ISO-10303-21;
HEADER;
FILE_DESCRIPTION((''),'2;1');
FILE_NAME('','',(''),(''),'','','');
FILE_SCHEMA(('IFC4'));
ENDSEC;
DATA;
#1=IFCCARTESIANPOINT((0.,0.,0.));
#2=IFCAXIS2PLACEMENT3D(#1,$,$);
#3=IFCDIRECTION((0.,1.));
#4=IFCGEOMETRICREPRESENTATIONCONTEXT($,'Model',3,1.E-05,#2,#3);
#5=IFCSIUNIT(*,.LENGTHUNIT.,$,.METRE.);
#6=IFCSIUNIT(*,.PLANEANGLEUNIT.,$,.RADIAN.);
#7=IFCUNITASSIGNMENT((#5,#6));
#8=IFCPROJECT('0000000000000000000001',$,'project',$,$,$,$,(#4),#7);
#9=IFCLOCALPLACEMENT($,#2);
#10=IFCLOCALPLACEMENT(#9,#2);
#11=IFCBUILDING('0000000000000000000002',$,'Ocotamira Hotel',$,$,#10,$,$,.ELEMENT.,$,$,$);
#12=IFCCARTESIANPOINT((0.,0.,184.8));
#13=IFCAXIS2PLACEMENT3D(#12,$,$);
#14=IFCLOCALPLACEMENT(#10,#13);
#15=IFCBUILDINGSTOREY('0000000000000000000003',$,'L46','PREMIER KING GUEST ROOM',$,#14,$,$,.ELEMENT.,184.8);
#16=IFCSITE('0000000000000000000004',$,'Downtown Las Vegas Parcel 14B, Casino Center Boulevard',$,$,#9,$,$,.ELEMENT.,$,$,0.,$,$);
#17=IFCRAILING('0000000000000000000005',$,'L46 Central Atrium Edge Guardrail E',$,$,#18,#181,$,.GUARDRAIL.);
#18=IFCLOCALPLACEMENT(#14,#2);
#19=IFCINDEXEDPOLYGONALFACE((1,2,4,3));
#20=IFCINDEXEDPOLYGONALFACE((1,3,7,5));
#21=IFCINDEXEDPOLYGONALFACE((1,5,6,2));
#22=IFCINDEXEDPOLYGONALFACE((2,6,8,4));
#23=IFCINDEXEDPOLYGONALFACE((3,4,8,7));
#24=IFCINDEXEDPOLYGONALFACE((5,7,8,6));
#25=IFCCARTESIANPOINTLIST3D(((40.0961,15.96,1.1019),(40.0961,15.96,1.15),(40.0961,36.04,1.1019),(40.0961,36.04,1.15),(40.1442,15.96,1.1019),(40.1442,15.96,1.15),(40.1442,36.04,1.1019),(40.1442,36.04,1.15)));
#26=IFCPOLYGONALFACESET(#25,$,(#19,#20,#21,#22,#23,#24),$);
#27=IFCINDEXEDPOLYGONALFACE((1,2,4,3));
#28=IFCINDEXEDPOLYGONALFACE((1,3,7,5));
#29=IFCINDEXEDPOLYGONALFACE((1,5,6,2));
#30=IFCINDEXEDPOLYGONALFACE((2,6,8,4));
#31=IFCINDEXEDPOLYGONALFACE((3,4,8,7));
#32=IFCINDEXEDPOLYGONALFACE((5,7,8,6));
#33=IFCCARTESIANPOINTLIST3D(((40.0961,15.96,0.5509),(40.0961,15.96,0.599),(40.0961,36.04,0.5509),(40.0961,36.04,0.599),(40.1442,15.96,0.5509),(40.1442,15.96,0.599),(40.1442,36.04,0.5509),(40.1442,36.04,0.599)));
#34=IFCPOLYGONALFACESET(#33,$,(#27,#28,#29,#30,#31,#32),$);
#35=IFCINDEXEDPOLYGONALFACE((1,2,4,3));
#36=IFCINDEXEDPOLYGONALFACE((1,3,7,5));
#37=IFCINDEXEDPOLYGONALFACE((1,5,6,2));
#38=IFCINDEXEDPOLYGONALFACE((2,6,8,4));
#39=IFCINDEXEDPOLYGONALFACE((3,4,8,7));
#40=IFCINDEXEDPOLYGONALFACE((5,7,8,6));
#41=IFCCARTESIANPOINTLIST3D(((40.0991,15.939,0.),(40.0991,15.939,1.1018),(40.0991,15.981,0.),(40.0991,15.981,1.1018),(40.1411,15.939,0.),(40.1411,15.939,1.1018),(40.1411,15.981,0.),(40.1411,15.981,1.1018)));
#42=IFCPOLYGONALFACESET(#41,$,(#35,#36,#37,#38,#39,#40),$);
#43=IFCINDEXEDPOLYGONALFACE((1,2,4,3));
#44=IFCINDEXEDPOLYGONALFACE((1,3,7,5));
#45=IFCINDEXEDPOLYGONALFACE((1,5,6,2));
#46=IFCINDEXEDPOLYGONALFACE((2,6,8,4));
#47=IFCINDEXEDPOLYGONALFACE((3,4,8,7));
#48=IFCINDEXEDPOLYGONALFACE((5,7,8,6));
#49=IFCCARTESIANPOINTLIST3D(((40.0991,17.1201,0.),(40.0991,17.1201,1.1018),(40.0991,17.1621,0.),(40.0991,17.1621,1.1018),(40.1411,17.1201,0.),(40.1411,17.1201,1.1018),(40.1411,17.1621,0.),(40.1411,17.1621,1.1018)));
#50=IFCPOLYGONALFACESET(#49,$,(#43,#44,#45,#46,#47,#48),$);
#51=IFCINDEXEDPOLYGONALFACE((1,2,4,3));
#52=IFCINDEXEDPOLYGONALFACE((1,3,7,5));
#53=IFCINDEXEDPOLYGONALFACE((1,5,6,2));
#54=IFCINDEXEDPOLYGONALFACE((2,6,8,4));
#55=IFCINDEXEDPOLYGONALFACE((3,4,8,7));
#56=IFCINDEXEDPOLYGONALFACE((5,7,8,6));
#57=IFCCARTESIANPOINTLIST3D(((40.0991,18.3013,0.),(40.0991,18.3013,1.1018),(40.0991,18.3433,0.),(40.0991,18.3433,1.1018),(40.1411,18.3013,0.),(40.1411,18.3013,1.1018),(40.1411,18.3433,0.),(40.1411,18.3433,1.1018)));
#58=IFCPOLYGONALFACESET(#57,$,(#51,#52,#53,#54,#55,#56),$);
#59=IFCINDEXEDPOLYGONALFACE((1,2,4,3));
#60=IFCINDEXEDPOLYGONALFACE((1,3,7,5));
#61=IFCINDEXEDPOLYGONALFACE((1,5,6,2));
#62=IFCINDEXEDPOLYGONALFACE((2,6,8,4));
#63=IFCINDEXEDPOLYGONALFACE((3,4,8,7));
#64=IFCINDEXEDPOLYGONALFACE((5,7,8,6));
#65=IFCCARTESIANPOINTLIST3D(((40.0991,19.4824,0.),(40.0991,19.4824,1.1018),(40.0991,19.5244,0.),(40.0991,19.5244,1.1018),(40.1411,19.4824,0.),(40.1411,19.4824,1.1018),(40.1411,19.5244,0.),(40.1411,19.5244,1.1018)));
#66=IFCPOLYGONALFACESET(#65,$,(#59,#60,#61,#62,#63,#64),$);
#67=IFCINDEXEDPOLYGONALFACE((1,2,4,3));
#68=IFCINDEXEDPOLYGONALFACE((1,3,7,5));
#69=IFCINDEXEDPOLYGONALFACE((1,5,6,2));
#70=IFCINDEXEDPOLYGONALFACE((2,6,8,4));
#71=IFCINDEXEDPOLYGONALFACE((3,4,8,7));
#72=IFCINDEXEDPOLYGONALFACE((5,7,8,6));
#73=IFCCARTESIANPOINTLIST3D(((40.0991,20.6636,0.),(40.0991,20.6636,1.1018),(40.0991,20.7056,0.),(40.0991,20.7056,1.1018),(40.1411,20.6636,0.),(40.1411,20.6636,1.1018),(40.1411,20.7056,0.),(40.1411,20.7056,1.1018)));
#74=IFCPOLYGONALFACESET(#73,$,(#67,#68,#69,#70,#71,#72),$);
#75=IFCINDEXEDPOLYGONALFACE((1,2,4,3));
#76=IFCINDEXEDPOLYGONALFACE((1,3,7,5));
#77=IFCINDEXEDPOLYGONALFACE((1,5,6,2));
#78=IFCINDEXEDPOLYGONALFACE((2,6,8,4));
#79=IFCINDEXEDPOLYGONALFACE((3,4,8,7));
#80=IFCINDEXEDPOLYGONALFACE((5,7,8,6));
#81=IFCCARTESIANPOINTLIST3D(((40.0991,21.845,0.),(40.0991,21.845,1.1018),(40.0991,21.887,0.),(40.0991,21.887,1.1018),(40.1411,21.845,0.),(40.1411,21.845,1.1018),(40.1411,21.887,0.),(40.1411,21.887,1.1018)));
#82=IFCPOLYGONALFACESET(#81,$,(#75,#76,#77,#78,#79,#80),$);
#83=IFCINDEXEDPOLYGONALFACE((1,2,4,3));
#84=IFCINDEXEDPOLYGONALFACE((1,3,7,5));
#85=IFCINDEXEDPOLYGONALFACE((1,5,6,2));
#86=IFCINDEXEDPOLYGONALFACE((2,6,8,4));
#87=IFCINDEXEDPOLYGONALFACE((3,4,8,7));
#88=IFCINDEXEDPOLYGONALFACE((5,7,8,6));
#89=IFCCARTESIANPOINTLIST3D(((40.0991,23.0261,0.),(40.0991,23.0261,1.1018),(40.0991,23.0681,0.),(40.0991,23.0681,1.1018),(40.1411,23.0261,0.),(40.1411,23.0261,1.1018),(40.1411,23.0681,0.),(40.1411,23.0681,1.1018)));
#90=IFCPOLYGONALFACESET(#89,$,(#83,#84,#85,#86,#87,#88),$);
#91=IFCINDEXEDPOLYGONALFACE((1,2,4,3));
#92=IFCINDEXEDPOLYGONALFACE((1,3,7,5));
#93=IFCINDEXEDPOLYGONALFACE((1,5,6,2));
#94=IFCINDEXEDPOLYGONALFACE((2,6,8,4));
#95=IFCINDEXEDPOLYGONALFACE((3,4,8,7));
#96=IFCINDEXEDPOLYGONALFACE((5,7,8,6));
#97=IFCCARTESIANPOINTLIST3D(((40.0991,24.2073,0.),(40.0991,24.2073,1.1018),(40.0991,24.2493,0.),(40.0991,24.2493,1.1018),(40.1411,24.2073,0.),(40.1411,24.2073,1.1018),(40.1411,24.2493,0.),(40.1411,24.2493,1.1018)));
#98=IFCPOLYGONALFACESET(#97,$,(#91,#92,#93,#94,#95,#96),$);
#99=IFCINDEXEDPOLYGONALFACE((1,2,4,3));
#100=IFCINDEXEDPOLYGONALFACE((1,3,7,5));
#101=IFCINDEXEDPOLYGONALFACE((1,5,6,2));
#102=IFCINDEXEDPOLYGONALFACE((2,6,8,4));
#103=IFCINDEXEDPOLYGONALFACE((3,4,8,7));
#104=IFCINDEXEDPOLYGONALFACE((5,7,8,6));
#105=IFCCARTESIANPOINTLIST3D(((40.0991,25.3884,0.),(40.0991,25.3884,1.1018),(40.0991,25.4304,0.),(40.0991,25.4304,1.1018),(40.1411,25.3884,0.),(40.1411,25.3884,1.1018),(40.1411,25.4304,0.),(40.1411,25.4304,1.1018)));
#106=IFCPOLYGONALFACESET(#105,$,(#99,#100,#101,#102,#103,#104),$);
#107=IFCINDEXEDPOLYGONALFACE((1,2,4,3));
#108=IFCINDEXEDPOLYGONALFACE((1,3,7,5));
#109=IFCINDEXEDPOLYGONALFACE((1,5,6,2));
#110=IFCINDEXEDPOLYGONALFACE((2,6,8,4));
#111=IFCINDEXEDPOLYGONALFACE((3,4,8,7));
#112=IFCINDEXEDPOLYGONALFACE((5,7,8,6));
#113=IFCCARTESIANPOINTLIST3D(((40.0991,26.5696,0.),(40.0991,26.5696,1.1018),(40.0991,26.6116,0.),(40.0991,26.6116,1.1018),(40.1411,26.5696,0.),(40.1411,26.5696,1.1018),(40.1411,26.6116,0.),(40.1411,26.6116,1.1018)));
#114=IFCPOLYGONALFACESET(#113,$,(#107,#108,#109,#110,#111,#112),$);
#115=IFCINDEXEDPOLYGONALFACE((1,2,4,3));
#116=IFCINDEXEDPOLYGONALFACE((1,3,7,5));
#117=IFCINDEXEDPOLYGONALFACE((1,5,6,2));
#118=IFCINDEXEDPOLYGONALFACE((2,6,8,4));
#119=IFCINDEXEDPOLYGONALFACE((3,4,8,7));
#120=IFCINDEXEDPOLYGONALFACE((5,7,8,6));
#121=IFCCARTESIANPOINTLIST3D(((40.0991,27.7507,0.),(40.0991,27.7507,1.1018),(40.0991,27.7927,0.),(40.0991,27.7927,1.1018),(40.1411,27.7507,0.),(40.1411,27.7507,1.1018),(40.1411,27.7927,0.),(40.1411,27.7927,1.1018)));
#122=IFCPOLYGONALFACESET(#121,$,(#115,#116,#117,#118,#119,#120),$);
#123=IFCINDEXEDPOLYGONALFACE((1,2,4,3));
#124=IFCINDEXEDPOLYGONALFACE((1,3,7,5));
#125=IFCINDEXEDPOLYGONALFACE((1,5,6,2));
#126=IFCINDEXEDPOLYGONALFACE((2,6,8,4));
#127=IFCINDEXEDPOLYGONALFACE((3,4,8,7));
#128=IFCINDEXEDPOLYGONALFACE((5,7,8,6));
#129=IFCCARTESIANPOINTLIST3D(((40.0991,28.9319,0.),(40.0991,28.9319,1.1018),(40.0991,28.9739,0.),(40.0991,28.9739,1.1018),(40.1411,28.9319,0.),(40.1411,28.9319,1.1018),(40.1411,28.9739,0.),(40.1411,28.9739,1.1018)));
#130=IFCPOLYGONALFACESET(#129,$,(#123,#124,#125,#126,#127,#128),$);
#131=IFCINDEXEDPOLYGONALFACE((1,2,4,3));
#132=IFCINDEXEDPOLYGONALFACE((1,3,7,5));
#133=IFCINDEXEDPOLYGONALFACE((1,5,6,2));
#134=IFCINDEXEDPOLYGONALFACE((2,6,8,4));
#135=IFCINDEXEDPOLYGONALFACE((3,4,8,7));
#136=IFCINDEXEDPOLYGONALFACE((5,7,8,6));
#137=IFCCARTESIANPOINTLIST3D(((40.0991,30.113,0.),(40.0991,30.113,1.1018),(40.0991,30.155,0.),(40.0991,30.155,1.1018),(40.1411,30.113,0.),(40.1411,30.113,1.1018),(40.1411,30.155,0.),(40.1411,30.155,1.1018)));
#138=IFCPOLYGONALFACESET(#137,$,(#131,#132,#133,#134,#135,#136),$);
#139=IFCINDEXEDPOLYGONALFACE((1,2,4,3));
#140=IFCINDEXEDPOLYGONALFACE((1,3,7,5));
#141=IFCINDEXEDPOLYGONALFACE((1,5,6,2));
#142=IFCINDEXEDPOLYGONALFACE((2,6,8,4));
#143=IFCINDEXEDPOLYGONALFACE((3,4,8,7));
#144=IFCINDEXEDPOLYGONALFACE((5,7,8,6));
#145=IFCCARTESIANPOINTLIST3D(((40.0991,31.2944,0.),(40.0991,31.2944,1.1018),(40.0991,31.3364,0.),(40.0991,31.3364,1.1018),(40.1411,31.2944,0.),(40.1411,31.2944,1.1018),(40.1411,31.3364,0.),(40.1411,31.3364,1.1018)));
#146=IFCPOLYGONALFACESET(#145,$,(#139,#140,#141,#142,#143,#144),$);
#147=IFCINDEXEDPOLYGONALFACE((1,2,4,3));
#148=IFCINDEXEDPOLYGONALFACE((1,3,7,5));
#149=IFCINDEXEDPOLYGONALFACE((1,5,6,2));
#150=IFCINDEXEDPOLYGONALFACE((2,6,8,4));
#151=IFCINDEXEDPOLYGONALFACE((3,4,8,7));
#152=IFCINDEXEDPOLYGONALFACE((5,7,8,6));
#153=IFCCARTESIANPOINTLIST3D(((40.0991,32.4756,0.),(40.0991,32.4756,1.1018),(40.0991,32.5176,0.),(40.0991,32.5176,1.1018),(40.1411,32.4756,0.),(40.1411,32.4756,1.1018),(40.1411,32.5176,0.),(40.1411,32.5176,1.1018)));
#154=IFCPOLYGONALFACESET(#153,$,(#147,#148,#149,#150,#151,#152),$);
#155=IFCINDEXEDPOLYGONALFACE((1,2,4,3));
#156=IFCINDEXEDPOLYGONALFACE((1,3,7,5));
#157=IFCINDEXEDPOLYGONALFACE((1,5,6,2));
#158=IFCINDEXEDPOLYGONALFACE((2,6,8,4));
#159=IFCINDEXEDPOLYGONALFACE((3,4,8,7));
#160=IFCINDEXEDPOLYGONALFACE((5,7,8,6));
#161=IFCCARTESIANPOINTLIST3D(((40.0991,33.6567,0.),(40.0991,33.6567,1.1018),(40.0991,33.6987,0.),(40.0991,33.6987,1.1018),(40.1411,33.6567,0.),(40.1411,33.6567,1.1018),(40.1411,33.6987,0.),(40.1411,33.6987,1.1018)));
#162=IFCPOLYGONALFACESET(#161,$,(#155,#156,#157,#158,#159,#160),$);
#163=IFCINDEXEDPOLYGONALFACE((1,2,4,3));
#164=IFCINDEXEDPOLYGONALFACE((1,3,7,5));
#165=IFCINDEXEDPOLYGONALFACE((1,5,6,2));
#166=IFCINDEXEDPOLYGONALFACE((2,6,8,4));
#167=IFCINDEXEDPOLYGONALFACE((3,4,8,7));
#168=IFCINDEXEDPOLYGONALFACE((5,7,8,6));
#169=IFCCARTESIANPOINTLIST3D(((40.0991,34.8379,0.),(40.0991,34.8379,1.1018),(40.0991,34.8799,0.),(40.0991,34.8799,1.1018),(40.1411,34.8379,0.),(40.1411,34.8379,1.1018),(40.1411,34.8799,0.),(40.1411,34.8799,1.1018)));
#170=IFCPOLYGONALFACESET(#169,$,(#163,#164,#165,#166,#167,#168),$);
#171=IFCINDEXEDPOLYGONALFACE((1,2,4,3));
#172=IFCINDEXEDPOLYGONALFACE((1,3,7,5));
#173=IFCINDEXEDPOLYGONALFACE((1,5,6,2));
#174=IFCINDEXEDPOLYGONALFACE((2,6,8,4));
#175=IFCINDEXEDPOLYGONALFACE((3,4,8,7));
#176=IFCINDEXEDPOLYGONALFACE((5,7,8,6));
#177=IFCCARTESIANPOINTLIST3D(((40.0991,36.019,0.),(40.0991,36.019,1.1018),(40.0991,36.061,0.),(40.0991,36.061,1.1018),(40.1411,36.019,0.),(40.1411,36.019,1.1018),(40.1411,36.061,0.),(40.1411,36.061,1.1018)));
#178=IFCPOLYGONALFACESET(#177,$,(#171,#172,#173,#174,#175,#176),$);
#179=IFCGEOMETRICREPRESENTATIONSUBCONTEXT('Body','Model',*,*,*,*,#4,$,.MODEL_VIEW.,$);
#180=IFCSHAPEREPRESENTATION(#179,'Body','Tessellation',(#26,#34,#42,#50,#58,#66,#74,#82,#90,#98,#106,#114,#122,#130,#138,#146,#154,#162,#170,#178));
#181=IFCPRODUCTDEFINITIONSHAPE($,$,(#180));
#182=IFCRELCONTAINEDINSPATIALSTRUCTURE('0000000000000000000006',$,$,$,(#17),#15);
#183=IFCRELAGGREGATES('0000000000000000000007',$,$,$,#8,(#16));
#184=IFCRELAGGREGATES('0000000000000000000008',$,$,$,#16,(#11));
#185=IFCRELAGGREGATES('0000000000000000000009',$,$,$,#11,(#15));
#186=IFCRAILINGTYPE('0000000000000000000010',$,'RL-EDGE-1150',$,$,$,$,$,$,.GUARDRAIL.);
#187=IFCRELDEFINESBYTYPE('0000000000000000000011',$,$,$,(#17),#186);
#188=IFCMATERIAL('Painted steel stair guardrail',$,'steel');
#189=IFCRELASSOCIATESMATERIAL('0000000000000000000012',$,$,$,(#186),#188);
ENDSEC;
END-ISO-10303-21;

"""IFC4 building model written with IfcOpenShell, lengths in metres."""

from ifc_helpers import new_model, si_unit, direction, frame, origin, origin_2d, place, context, subcontext, project, spatial, rectangle, extrude, material, type_object, element, save


model = new_model("IFC4")

# Units and contexts
model_context = context("Model", 3, precision=1e-05, world=origin(), true_north=direction((0.0, 1.0)))
body_context = subcontext(model_context, "Body", "Model", "MODEL_VIEW")
ifc_project = project(units=[si_unit("LENGTHUNIT", "METRE"), si_unit("PLANEANGLEUNIT", "RADIAN")], contexts=[model_context])

# Site, building, storey
site_placement = place(None, origin())
site = spatial("IfcSite", under=ifc_project, at=site_placement, Name="Downtown Las Vegas Parcel 14B, Casino Center Boulevard", CompositionType="ELEMENT", RefElevation=0.0)
building_placement = place(site_placement, origin())
building = spatial("IfcBuilding", under=site, at=building_placement, Name="Ocotamira Hotel", CompositionType="ELEMENT")
storey_placement = place(building_placement, frame((0.0, 0.0, 184.8)))
storey = spatial("IfcBuildingStorey", under=building, at=storey_placement, Name="L46", Description="PREMIER KING GUEST ROOM", CompositionType="ELEMENT", Elevation=184.8)

# Railing
ifc_material_1 = material(Name="Painted steel stair guardrail", Category="steel")
railing_type = type_object("IfcRailingType", Name="RL-EDGE-1150", PredefinedType="GUARDRAIL", material=ifc_material_1)
railing_placement = place(storey_placement, frame((40.1201, 15.96, 0.0)))
element("IfcRailing", 1, at=railing_placement, inside=storey, type_object=railing_type, Name="L46 Central Atrium Edge Guardrail E", PredefinedType="GUARDRAIL", context=body_context, shape_type="SweptSolid", body=[
    extrude(rectangle(XDim=0.0481, YDim=0.0481, at=origin_2d()), frame((0.0, 0.0, 1.126), z_axis=(0.0, 1.0, 0.0), x_axis=(-1.0, 0.0, 0.0)), (0.0, 0.0, 1.0), 20.0801),
    extrude(rectangle(XDim=0.0481, YDim=0.0481, at=origin_2d()), frame((0.0, 0.0, 0.575), z_axis=(0.0, 1.0, 0.0), x_axis=(-1.0, 0.0, 0.0)), (0.0, 0.0, 1.0), 20.0801),
    extrude(rectangle(XDim=0.042, YDim=0.042, at=origin_2d()), origin(), (0.0, 0.0, 1.0), 1.1018),
    extrude(rectangle(XDim=0.042, YDim=0.042, at=origin_2d()), frame((0.0, 1.1812, 0.0)), (0.0, 0.0, 1.0), 1.1018),
    extrude(rectangle(XDim=0.042, YDim=0.042, at=origin_2d()), frame((0.0, 2.3623, 0.0)), (0.0, 0.0, 1.0), 1.1018),
    extrude(rectangle(XDim=0.042, YDim=0.042, at=origin_2d()), frame((0.0, 3.5435, 0.0)), (0.0, 0.0, 1.0), 1.1018),
    extrude(rectangle(XDim=0.042, YDim=0.042, at=origin_2d()), frame((0.0, 4.7246, 0.0)), (0.0, 0.0, 1.0), 1.1018),
    extrude(rectangle(XDim=0.042, YDim=0.042, at=origin_2d()), frame((0.0, 5.906, 0.0)), (0.0, 0.0, 1.0), 1.1018),
    extrude(rectangle(XDim=0.042, YDim=0.042, at=origin_2d()), frame((0.0, 7.0872, 0.0)), (0.0, 0.0, 1.0), 1.1018),
    extrude(rectangle(XDim=0.042, YDim=0.042, at=origin_2d()), frame((0.0, 8.2683, 0.0)), (0.0, 0.0, 1.0), 1.1018),
    extrude(rectangle(XDim=0.042, YDim=0.042, at=origin_2d()), frame((0.0, 9.4495, 0.0)), (0.0, 0.0, 1.0), 1.1018),
    extrude(rectangle(XDim=0.042, YDim=0.042, at=origin_2d()), frame((0.0, 10.6306, 0.0)), (0.0, 0.0, 1.0), 1.1018),
    extrude(rectangle(XDim=0.042, YDim=0.042, at=origin_2d()), frame((0.0, 11.8118, 0.0)), (0.0, 0.0, 1.0), 1.1018),
    extrude(rectangle(XDim=0.042, YDim=0.042, at=origin_2d()), frame((0.0, 12.9929, 0.0)), (0.0, 0.0, 1.0), 1.1018),
    extrude(rectangle(XDim=0.042, YDim=0.042, at=origin_2d()), frame((0.0, 14.1741, 0.0)), (0.0, 0.0, 1.0), 1.1018),
    extrude(rectangle(XDim=0.042, YDim=0.042, at=origin_2d()), frame((0.0, 15.3555, 0.0)), (0.0, 0.0, 1.0), 1.1018),
    extrude(rectangle(XDim=0.042, YDim=0.042, at=origin_2d()), frame((0.0, 16.5366, 0.0)), (0.0, 0.0, 1.0), 1.1018),
    extrude(rectangle(XDim=0.042, YDim=0.042, at=origin_2d()), frame((0.0, 17.7178, 0.0)), (0.0, 0.0, 1.0), 1.1018),
    extrude(rectangle(XDim=0.042, YDim=0.042, at=origin_2d()), frame((0.0, 18.8989, 0.0)), (0.0, 0.0, 1.0), 1.1018),
    extrude(rectangle(XDim=0.042, YDim=0.042, at=origin_2d()), frame((0.0, 20.0801, 0.0)), (0.0, 0.0, 1.0), 1.1018),
])

save(model, "model.ifc")
